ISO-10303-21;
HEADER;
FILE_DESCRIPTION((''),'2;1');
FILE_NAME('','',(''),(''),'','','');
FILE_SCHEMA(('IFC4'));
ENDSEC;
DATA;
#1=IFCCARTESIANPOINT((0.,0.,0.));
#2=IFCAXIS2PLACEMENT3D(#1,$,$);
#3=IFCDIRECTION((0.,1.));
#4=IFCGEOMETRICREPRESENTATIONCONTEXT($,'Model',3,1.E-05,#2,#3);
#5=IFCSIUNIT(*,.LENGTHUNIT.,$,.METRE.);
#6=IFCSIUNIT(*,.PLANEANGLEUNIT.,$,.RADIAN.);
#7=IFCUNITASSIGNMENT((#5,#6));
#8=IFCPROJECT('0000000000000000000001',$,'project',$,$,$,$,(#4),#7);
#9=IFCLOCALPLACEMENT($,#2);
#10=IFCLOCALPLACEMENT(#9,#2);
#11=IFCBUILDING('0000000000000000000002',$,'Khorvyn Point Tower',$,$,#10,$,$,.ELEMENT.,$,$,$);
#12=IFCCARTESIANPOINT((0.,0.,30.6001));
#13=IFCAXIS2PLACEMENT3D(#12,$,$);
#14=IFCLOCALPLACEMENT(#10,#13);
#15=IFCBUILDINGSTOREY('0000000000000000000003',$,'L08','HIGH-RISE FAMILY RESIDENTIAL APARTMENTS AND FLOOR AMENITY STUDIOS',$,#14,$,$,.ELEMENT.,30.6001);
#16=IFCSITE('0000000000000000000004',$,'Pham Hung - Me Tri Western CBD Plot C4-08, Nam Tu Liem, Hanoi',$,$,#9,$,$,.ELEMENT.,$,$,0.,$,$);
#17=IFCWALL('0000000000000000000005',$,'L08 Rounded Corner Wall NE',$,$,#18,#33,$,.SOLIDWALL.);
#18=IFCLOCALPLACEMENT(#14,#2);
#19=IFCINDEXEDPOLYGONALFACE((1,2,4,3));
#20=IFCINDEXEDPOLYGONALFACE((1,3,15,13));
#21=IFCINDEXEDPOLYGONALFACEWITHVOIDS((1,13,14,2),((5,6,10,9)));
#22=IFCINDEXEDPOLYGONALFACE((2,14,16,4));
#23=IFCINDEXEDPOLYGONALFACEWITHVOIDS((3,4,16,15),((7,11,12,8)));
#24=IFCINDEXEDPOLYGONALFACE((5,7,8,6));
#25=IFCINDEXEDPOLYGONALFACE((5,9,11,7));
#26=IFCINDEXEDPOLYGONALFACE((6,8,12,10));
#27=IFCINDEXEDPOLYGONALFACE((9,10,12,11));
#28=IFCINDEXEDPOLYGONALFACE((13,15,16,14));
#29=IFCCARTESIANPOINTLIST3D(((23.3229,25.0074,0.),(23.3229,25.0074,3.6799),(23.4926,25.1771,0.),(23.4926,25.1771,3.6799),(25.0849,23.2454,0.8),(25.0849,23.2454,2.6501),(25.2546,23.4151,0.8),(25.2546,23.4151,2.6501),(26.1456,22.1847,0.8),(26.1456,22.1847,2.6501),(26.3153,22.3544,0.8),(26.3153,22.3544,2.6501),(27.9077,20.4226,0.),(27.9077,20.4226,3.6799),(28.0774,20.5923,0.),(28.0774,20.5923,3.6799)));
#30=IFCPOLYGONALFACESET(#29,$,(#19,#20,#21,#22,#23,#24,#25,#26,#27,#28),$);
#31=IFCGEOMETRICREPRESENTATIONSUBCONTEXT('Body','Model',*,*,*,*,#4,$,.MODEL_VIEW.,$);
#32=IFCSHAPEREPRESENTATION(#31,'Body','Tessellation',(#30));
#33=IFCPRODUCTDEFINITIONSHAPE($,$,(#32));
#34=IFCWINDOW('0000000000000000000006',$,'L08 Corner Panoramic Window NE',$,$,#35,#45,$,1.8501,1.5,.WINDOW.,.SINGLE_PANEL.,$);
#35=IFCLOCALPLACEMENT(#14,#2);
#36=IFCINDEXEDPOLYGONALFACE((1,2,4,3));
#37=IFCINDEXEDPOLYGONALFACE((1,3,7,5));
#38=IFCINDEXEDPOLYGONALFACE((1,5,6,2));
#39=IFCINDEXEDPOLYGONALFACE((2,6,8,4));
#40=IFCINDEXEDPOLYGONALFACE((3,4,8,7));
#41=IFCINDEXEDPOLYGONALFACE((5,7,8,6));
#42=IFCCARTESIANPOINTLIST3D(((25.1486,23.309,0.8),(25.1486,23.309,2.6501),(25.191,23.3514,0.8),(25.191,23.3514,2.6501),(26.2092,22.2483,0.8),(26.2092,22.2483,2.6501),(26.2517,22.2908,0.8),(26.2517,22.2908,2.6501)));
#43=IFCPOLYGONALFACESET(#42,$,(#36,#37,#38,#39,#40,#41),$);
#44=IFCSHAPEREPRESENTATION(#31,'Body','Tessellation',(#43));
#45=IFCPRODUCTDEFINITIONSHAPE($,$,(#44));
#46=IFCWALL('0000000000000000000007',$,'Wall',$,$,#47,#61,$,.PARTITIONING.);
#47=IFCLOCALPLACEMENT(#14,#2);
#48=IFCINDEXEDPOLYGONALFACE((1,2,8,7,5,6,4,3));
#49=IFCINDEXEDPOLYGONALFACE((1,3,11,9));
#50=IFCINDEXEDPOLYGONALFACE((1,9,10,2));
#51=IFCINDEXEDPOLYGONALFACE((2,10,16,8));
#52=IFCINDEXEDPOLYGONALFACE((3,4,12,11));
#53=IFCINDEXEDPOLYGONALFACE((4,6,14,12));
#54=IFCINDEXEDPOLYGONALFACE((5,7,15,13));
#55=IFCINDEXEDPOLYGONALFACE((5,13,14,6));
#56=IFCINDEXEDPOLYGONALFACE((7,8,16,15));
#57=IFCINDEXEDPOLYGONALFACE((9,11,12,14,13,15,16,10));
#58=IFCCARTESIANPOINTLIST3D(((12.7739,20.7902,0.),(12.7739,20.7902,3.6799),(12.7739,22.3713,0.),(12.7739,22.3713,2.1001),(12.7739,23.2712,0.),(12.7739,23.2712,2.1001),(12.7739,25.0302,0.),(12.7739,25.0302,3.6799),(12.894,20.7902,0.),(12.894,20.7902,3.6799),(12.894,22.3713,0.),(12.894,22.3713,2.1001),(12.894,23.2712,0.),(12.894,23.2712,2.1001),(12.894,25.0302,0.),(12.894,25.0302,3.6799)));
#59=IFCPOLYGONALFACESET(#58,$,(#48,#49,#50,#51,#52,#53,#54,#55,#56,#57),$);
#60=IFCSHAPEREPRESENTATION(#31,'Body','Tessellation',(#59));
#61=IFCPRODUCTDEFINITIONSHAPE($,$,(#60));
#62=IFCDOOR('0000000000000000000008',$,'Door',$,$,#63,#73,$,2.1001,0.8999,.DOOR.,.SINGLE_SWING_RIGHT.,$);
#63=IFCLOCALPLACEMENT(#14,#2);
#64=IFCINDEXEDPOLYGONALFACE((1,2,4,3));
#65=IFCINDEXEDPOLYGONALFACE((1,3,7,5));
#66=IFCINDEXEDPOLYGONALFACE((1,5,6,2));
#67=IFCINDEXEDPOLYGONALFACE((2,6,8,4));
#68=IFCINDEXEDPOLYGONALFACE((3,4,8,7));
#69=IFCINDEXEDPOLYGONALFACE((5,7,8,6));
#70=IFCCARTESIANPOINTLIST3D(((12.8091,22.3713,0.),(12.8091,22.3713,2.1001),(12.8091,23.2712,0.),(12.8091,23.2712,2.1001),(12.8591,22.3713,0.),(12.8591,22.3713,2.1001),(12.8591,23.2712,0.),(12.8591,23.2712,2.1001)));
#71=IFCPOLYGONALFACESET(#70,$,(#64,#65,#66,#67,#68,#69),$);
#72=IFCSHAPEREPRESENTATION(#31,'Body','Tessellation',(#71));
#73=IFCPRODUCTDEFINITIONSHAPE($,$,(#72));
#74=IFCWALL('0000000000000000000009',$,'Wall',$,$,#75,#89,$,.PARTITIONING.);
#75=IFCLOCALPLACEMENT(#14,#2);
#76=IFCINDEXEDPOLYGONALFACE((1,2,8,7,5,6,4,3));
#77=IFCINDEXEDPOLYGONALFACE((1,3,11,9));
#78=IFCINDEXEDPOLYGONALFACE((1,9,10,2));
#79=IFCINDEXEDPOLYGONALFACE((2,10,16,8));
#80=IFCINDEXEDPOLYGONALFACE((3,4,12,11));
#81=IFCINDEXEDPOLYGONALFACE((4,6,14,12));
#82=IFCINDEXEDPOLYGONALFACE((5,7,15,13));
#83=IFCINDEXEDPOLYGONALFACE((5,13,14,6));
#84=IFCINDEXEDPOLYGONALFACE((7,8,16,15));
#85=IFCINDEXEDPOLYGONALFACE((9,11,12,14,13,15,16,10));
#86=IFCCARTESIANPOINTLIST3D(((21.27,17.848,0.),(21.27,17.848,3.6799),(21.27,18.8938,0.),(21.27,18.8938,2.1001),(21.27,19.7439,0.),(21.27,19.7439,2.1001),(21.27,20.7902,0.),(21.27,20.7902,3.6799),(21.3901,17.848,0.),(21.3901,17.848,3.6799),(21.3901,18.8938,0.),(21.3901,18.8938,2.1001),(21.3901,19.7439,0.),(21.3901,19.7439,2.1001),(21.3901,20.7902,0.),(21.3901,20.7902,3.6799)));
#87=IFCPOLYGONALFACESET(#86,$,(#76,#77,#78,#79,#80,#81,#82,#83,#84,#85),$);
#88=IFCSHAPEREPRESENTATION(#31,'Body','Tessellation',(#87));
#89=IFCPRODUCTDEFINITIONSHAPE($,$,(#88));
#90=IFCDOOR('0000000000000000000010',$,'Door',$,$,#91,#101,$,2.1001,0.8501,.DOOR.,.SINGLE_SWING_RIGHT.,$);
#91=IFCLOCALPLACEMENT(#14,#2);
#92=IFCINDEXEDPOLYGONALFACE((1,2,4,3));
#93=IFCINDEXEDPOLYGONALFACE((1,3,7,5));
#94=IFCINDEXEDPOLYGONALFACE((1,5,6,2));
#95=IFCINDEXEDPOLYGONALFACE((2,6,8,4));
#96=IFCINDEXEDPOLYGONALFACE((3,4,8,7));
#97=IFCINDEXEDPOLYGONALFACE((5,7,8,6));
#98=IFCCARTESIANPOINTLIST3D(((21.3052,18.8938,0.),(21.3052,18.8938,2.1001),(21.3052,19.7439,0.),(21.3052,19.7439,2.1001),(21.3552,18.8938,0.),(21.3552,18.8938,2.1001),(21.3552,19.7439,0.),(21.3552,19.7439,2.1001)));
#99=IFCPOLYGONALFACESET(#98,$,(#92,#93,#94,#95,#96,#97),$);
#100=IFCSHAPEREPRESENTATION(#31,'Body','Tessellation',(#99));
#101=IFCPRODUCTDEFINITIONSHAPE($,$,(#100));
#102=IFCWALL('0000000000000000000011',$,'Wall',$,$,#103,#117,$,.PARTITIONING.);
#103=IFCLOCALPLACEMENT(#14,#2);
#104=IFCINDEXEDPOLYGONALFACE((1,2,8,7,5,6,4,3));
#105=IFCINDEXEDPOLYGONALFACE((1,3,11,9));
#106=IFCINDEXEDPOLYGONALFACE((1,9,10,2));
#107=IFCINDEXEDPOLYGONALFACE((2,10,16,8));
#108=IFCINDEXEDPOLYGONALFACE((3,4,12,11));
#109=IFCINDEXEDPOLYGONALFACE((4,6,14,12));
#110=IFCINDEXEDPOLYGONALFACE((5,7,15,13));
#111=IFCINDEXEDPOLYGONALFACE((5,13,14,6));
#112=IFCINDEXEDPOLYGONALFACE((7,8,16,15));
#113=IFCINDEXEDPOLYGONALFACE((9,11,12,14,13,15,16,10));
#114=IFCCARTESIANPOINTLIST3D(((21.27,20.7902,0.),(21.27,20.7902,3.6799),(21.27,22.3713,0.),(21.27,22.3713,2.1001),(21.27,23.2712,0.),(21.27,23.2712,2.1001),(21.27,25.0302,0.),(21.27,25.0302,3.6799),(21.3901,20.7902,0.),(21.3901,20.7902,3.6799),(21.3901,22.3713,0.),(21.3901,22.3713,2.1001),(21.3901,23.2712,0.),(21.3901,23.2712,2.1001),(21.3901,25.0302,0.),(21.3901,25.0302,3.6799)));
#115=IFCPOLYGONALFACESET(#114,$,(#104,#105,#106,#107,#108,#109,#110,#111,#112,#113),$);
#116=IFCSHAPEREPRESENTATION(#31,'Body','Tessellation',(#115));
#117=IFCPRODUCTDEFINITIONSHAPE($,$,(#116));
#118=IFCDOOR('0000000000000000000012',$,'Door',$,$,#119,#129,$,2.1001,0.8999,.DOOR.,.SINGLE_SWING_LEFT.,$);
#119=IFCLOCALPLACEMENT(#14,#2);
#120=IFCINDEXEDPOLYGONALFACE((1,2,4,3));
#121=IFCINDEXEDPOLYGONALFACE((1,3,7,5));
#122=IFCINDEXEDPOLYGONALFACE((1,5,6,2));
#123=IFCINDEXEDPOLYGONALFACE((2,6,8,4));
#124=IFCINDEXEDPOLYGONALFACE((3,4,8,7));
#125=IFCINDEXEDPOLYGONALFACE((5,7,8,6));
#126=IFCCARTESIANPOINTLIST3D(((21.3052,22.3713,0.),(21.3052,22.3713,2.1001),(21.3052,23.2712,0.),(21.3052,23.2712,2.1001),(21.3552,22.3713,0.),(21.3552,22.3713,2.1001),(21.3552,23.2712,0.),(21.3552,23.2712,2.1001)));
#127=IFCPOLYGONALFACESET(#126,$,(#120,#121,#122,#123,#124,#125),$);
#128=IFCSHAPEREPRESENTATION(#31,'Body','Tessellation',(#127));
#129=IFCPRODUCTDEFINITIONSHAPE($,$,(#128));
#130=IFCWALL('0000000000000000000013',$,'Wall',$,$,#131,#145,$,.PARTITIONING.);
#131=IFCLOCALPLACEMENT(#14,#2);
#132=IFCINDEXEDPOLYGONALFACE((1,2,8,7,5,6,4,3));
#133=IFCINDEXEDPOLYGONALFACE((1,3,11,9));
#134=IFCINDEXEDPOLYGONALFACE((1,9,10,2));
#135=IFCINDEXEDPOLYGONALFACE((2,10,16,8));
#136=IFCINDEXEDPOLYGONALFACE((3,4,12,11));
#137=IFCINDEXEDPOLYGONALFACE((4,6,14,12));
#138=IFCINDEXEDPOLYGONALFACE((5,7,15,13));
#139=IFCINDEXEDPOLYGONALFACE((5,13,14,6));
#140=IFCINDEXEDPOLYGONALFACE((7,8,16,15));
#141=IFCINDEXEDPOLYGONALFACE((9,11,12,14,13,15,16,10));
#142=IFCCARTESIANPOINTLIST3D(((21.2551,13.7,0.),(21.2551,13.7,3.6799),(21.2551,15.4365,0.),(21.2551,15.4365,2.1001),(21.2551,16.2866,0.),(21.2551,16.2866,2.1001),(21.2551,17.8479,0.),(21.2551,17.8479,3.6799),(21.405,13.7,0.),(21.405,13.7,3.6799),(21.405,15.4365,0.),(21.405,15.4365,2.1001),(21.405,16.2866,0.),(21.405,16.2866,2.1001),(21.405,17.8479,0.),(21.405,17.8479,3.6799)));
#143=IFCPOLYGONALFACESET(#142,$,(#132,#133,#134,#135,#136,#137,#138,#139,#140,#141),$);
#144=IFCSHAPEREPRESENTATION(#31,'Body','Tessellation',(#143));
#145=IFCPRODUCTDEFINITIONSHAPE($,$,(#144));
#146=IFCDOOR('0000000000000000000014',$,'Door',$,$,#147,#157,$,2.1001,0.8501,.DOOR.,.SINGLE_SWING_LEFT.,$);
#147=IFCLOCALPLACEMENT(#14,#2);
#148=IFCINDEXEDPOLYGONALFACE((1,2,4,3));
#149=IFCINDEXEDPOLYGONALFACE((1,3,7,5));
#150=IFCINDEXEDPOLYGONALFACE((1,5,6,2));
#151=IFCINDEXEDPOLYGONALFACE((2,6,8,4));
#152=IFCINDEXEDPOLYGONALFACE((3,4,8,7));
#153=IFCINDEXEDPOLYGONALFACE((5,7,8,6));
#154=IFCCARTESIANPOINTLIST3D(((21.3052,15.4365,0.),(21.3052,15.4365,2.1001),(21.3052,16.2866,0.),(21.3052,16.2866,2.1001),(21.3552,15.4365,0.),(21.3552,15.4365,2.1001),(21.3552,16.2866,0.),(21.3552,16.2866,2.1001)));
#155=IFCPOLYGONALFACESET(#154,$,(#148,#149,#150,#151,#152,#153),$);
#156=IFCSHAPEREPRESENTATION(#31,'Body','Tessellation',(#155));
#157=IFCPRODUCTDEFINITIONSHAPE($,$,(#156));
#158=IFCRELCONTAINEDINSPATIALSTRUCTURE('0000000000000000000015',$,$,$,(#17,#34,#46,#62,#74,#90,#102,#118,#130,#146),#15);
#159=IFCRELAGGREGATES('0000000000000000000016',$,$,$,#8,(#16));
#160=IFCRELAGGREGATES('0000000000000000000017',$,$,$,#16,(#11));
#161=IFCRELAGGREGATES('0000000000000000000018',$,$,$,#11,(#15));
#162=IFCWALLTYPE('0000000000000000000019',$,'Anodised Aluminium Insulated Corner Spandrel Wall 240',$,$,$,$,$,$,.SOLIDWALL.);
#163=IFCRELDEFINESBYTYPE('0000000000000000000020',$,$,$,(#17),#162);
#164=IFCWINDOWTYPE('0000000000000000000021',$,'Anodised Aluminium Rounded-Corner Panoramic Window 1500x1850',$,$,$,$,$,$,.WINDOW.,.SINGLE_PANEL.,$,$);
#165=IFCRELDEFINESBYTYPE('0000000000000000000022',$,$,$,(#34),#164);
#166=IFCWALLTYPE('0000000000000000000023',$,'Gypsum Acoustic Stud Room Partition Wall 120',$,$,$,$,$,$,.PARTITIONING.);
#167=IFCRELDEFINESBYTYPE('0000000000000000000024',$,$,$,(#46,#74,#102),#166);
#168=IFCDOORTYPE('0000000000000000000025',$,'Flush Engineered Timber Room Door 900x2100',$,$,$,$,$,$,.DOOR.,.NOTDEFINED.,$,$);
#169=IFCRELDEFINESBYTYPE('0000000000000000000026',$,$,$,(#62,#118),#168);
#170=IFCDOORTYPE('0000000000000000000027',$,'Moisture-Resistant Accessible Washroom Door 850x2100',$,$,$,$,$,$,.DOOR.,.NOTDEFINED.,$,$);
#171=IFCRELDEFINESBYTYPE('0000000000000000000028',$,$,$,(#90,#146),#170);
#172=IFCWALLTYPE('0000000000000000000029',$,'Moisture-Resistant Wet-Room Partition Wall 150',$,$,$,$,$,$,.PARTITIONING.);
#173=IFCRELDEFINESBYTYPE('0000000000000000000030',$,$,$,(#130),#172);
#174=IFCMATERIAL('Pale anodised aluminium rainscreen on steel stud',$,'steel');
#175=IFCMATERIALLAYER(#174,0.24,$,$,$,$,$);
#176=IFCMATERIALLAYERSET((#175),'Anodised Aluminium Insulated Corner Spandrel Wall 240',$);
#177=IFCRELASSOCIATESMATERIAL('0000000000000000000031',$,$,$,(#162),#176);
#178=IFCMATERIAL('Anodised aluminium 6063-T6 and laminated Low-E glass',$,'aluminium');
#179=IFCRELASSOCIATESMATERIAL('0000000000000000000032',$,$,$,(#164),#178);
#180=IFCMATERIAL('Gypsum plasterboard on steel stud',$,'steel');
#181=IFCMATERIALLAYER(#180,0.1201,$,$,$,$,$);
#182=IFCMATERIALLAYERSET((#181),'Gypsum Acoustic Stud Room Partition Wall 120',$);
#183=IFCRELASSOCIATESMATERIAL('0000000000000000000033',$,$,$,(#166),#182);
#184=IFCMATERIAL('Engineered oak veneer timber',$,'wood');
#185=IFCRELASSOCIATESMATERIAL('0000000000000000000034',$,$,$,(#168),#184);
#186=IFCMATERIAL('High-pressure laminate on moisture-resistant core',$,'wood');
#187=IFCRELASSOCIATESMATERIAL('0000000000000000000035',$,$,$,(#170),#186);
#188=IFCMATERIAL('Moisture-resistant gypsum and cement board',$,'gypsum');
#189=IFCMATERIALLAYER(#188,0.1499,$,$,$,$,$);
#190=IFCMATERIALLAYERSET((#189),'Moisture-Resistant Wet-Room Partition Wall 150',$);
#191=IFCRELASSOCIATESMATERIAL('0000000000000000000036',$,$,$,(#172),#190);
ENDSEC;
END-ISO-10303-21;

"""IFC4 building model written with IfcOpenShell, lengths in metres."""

from ifc_helpers import new_model, si_unit, direction, frame, frame_2d, origin, place, context, subcontext, project, spatial, rectangle, extrude, material, layer, layer_set, type_object, element, fill, save


model = new_model("IFC4")

# Units and contexts
model_context = context("Model", 3, precision=1e-05, world=origin(), true_north=direction((0.0, 1.0)))
body_context = subcontext(model_context, "Body", "Model", "MODEL_VIEW")
ifc_project = project(units=[si_unit("LENGTHUNIT", "METRE"), si_unit("PLANEANGLEUNIT", "RADIAN")], contexts=[model_context])

# Site, building, storey
site_placement = place(None, origin())
site = spatial("IfcSite", under=ifc_project, at=site_placement, Name="Pham Hung - Me Tri Western CBD Plot C4-08, Nam Tu Liem, Hanoi", CompositionType="ELEMENT", RefElevation=0.0)
building_placement = place(site_placement, origin())
building = spatial("IfcBuilding", under=site, at=building_placement, Name="Khorvyn Point Tower", CompositionType="ELEMENT")
storey_placement = place(building_placement, frame((0.0, 0.0, 30.6001)))
storey = spatial("IfcBuildingStorey", under=building, at=storey_placement, Name="L08", Description="HIGH-RISE FAMILY RESIDENTIAL APARTMENTS AND FLOOR AMENITY STUDIOS", CompositionType="ELEMENT", Elevation=30.6001)

# Shared definitions
ifc_material_1 = material(Name="Anodised aluminium 6063-T6 and laminated Low-E glass", Category="aluminium")

# Wall, opening, window
ifc_material_2 = material(Name="Pale anodised aluminium rainscreen on steel stud", Category="steel")
ifc_layer_1 = layer(ifc_material_2, 0.24)
ifc_layer_set_1 = layer_set([ifc_layer_1], Name="Anodised Aluminium Insulated Corner Spandrel Wall 240")
wall_type_1 = type_object("IfcWallType", Name="Anodised Aluminium Insulated Corner Spandrel Wall 240", PredefinedType="SOLIDWALL", material=ifc_layer_set_1)
wall_1_placement = place(storey_placement, frame((23.4077, 25.0923, 0.0), z_axis=(0.0, 0.0, 1.0), x_axis=(0.707107, -0.707107, 0.0)))
wall_1 = element("IfcWall", 1, at=wall_1_placement, inside=storey, type_object=wall_type_1, Name="L08 Rounded Corner Wall NE", PredefinedType="SOLIDWALL", context=body_context, shape_type="SweptSolid", body=[
    extrude(rectangle(XDim=6.4839, YDim=0.24, at=frame_2d((3.2419, 0.0))), origin(), (0.0, 0.0, 1.0), 3.6799),
])
opening_1_placement = place(wall_1_placement, frame((2.4919, 0.0, 0.8)))
opening_1 = element("IfcOpeningElement", 2, at=opening_1_placement, cuts=wall_1, PredefinedType="OPENING", context=body_context, shape_type="SweptSolid", body=[
    extrude(rectangle(XDim=1.5, YDim=1.8501, at=frame_2d((0.75, 0.925))), frame((0.0, 0.1299, 0.0), z_axis=(0.0, -1.0, 0.0), x_axis=(1.0, 0.0, 0.0)), (0.0, 0.0, 1.0), 0.26),
])
window_type = type_object("IfcWindowType", Name="Anodised Aluminium Rounded-Corner Panoramic Window 1500x1850", PartitioningType="SINGLE_PANEL", PredefinedType="WINDOW", material=ifc_material_1)
window_placement = place(opening_1_placement, origin())
window = element("IfcWindow", 3, at=window_placement, inside=storey, type_object=window_type, Name="L08 Corner Panoramic Window NE", OverallHeight=1.8501, OverallWidth=1.5, PartitioningType="SINGLE_PANEL", PredefinedType="WINDOW", context=body_context, shape_type="SweptSolid", body=[
    extrude(rectangle(XDim=1.5, YDim=1.8501, at=frame_2d((0.75, 0.925))), frame((0.0, 0.03, 0.0), z_axis=(0.0, -1.0, 0.0), x_axis=(1.0, 0.0, 0.0)), (0.0, 0.0, 1.0), 0.0601),
])
fill(opening_1, window)

# Walls, openings, doors
ifc_material_3 = material(Name="Gypsum plasterboard on steel stud", Category="steel")
ifc_layer_2 = layer(ifc_material_3, 0.1201)
ifc_layer_set_2 = layer_set([ifc_layer_2], Name="Gypsum Acoustic Stud Room Partition Wall 120")
wall_type_2 = type_object("IfcWallType", Name="Gypsum Acoustic Stud Room Partition Wall 120", PredefinedType="PARTITIONING", material=ifc_layer_set_2)
wall_2_placement = place(storey_placement, frame((12.834, 20.79, 0.0), z_axis=(0.0, 0.0, 1.0), x_axis=(0.0, 1.0, 0.0)))
wall_2 = element("IfcWall", 4, at=wall_2_placement, inside=storey, type_object=wall_type_2, Name="Wall", PredefinedType="PARTITIONING", context=body_context, shape_type="SweptSolid", body=[
    extrude(rectangle(XDim=4.24, YDim=0.1201, at=frame_2d((2.1201, 0.0))), origin(), (0.0, 0.0, 1.0), 3.6799),
])
opening_2_placement = place(wall_2_placement, frame((1.5813, 0.0, 0.0)))
opening_2 = element("IfcOpeningElement", 5, at=opening_2_placement, cuts=wall_2, PredefinedType="OPENING", context=body_context, shape_type="SweptSolid", body=[
    extrude(rectangle(XDim=0.8999, YDim=2.1001, at=frame_2d((0.45, 1.05))), frame((0.0, 0.0701, 0.0), z_axis=(0.0, -1.0, 0.0), x_axis=(1.0, 0.0, 0.0)), (0.0, 0.0, 1.0), 0.1401),
])
ifc_material_4 = material(Name="Engineered oak veneer timber", Category="wood")
door_type_1 = type_object("IfcDoorType", Name="Flush Engineered Timber Room Door 900x2100", OperationType="NOTDEFINED", PredefinedType="DOOR", material=ifc_material_4)
door_1_placement = place(opening_2_placement, origin())
door_1 = element("IfcDoor", 6, at=door_1_placement, inside=storey, type_object=door_type_1, Name="Door", OperationType="SINGLE_SWING_RIGHT", OverallHeight=2.1001, OverallWidth=0.8999, PredefinedType="DOOR", context=body_context, shape_type="SweptSolid", body=[
    extrude(rectangle(XDim=0.8999, YDim=2.1001, at=frame_2d((0.45, 1.05))), frame((0.0, 0.0249, 0.0), z_axis=(0.0, -1.0, 0.0), x_axis=(1.0, 0.0, 0.0)), (0.0, 0.0, 1.0), 0.05),
])
fill(opening_2, door_1)
wall_3_placement = place(storey_placement, frame((21.3301, 17.8479, 0.0), z_axis=(0.0, 0.0, 1.0), x_axis=(0.0, 1.0, 0.0)))
wall_3 = element("IfcWall", 7, at=wall_3_placement, inside=storey, type_object=wall_type_2, Name="Wall", PredefinedType="PARTITIONING", context=body_context, shape_type="SweptSolid", body=[
    extrude(rectangle(XDim=2.9421, YDim=0.1201, at=frame_2d((1.4712, 0.0))), origin(), (0.0, 0.0, 1.0), 3.6799),
])
opening_3_placement = place(wall_3_placement, frame((1.0459, 0.0, 0.0)))
opening_3 = element("IfcOpeningElement", 8, at=opening_3_placement, cuts=wall_3, PredefinedType="OPENING", context=body_context, shape_type="SweptSolid", body=[
    extrude(rectangle(XDim=0.8501, YDim=2.1001, at=frame_2d((0.425, 1.05))), frame((0.0, 0.0701, 0.0), z_axis=(0.0, -1.0, 0.0), x_axis=(1.0, 0.0, 0.0)), (0.0, 0.0, 1.0), 0.1401),
])
ifc_material_5 = material(Name="High-pressure laminate on moisture-resistant core", Category="wood")
door_type_2 = type_object("IfcDoorType", Name="Moisture-Resistant Accessible Washroom Door 850x2100", OperationType="NOTDEFINED", PredefinedType="DOOR", material=ifc_material_5)
door_2_placement = place(opening_3_placement, origin())
door_2 = element("IfcDoor", 9, at=door_2_placement, inside=storey, type_object=door_type_2, Name="Door", OperationType="SINGLE_SWING_RIGHT", OverallHeight=2.1001, OverallWidth=0.8501, PredefinedType="DOOR", context=body_context, shape_type="SweptSolid", body=[
    extrude(rectangle(XDim=0.8501, YDim=2.1001, at=frame_2d((0.425, 1.05))), frame((0.0, 0.0249, 0.0), z_axis=(0.0, -1.0, 0.0), x_axis=(1.0, 0.0, 0.0)), (0.0, 0.0, 1.0), 0.05),
])
fill(opening_3, door_2)
wall_4_placement = place(storey_placement, frame((21.3301, 20.79, 0.0), z_axis=(0.0, 0.0, 1.0), x_axis=(0.0, 1.0, 0.0)))
wall_4 = element("IfcWall", 10, at=wall_4_placement, inside=storey, type_object=wall_type_2, Name="Wall", PredefinedType="PARTITIONING", context=body_context, shape_type="SweptSolid", body=[
    extrude(rectangle(XDim=4.24, YDim=0.1201, at=frame_2d((2.1201, 0.0))), origin(), (0.0, 0.0, 1.0), 3.6799),
])
opening_4_placement = place(wall_4_placement, frame((1.5813, 0.0, 0.0)))
opening_4 = element("IfcOpeningElement", 11, at=opening_4_placement, cuts=wall_4, PredefinedType="OPENING", context=body_context, shape_type="SweptSolid", body=[
    extrude(rectangle(XDim=0.8999, YDim=2.1001, at=frame_2d((0.45, 1.05))), frame((0.0, 0.0701, 0.0), z_axis=(0.0, -1.0, 0.0), x_axis=(1.0, 0.0, 0.0)), (0.0, 0.0, 1.0), 0.1401),
])
door_3_placement = place(opening_4_placement, origin())
door_3 = element("IfcDoor", 12, at=door_3_placement, inside=storey, type_object=door_type_1, Name="Door", OperationType="SINGLE_SWING_LEFT", OverallHeight=2.1001, OverallWidth=0.8999, PredefinedType="DOOR", context=body_context, shape_type="SweptSolid", body=[
    extrude(rectangle(XDim=0.8999, YDim=2.1001, at=frame_2d((0.45, 1.05))), frame((0.0, 0.0249, 0.0), z_axis=(0.0, -1.0, 0.0), x_axis=(1.0, 0.0, 0.0)), (0.0, 0.0, 1.0), 0.05),
])
fill(opening_4, door_3)
ifc_material_6 = material(Name="Moisture-resistant gypsum and cement board", Category="gypsum")
ifc_layer_3 = layer(ifc_material_6, 0.1499)
ifc_layer_set_3 = layer_set([ifc_layer_3], Name="Moisture-Resistant Wet-Room Partition Wall 150")
wall_type_3 = type_object("IfcWallType", Name="Moisture-Resistant Wet-Room Partition Wall 150", PredefinedType="PARTITIONING", material=ifc_layer_set_3)
wall_5_placement = place(storey_placement, frame((21.3301, 13.7, 0.0), z_axis=(0.0, 0.0, 1.0), x_axis=(0.0, 1.0, 0.0)))
wall_5 = element("IfcWall", 13, at=wall_5_placement, inside=storey, type_object=wall_type_3, Name="Wall", PredefinedType="PARTITIONING", context=body_context, shape_type="SweptSolid", body=[
    extrude(rectangle(XDim=4.1479, YDim=0.1499, at=frame_2d((2.074, 0.0))), origin(), (0.0, 0.0, 1.0), 3.6799),
])
opening_5_placement = place(wall_5_placement, frame((1.7366, 0.0, 0.0)))
opening_5 = element("IfcOpeningElement", 14, at=opening_5_placement, cuts=wall_5, PredefinedType="OPENING", context=body_context, shape_type="SweptSolid", body=[
    extrude(rectangle(XDim=0.8501, YDim=2.1001, at=frame_2d((0.425, 1.05))), frame((0.0, 0.085, 0.0), z_axis=(0.0, -1.0, 0.0), x_axis=(1.0, 0.0, 0.0)), (0.0, 0.0, 1.0), 0.1699),
])
door_4_placement = place(opening_5_placement, origin())
door_4 = element("IfcDoor", 15, at=door_4_placement, inside=storey, type_object=door_type_2, Name="Door", OperationType="SINGLE_SWING_LEFT", OverallHeight=2.1001, OverallWidth=0.8501, PredefinedType="DOOR", context=body_context, shape_type="SweptSolid", body=[
    extrude(rectangle(XDim=0.8501, YDim=2.1001, at=frame_2d((0.425, 1.05))), frame((0.0, 0.0249, 0.0), z_axis=(0.0, -1.0, 0.0), x_axis=(1.0, 0.0, 0.0)), (0.0, 0.0, 1.0), 0.05),
])
fill(opening_5, door_4)

save(model, "model.ifc")
